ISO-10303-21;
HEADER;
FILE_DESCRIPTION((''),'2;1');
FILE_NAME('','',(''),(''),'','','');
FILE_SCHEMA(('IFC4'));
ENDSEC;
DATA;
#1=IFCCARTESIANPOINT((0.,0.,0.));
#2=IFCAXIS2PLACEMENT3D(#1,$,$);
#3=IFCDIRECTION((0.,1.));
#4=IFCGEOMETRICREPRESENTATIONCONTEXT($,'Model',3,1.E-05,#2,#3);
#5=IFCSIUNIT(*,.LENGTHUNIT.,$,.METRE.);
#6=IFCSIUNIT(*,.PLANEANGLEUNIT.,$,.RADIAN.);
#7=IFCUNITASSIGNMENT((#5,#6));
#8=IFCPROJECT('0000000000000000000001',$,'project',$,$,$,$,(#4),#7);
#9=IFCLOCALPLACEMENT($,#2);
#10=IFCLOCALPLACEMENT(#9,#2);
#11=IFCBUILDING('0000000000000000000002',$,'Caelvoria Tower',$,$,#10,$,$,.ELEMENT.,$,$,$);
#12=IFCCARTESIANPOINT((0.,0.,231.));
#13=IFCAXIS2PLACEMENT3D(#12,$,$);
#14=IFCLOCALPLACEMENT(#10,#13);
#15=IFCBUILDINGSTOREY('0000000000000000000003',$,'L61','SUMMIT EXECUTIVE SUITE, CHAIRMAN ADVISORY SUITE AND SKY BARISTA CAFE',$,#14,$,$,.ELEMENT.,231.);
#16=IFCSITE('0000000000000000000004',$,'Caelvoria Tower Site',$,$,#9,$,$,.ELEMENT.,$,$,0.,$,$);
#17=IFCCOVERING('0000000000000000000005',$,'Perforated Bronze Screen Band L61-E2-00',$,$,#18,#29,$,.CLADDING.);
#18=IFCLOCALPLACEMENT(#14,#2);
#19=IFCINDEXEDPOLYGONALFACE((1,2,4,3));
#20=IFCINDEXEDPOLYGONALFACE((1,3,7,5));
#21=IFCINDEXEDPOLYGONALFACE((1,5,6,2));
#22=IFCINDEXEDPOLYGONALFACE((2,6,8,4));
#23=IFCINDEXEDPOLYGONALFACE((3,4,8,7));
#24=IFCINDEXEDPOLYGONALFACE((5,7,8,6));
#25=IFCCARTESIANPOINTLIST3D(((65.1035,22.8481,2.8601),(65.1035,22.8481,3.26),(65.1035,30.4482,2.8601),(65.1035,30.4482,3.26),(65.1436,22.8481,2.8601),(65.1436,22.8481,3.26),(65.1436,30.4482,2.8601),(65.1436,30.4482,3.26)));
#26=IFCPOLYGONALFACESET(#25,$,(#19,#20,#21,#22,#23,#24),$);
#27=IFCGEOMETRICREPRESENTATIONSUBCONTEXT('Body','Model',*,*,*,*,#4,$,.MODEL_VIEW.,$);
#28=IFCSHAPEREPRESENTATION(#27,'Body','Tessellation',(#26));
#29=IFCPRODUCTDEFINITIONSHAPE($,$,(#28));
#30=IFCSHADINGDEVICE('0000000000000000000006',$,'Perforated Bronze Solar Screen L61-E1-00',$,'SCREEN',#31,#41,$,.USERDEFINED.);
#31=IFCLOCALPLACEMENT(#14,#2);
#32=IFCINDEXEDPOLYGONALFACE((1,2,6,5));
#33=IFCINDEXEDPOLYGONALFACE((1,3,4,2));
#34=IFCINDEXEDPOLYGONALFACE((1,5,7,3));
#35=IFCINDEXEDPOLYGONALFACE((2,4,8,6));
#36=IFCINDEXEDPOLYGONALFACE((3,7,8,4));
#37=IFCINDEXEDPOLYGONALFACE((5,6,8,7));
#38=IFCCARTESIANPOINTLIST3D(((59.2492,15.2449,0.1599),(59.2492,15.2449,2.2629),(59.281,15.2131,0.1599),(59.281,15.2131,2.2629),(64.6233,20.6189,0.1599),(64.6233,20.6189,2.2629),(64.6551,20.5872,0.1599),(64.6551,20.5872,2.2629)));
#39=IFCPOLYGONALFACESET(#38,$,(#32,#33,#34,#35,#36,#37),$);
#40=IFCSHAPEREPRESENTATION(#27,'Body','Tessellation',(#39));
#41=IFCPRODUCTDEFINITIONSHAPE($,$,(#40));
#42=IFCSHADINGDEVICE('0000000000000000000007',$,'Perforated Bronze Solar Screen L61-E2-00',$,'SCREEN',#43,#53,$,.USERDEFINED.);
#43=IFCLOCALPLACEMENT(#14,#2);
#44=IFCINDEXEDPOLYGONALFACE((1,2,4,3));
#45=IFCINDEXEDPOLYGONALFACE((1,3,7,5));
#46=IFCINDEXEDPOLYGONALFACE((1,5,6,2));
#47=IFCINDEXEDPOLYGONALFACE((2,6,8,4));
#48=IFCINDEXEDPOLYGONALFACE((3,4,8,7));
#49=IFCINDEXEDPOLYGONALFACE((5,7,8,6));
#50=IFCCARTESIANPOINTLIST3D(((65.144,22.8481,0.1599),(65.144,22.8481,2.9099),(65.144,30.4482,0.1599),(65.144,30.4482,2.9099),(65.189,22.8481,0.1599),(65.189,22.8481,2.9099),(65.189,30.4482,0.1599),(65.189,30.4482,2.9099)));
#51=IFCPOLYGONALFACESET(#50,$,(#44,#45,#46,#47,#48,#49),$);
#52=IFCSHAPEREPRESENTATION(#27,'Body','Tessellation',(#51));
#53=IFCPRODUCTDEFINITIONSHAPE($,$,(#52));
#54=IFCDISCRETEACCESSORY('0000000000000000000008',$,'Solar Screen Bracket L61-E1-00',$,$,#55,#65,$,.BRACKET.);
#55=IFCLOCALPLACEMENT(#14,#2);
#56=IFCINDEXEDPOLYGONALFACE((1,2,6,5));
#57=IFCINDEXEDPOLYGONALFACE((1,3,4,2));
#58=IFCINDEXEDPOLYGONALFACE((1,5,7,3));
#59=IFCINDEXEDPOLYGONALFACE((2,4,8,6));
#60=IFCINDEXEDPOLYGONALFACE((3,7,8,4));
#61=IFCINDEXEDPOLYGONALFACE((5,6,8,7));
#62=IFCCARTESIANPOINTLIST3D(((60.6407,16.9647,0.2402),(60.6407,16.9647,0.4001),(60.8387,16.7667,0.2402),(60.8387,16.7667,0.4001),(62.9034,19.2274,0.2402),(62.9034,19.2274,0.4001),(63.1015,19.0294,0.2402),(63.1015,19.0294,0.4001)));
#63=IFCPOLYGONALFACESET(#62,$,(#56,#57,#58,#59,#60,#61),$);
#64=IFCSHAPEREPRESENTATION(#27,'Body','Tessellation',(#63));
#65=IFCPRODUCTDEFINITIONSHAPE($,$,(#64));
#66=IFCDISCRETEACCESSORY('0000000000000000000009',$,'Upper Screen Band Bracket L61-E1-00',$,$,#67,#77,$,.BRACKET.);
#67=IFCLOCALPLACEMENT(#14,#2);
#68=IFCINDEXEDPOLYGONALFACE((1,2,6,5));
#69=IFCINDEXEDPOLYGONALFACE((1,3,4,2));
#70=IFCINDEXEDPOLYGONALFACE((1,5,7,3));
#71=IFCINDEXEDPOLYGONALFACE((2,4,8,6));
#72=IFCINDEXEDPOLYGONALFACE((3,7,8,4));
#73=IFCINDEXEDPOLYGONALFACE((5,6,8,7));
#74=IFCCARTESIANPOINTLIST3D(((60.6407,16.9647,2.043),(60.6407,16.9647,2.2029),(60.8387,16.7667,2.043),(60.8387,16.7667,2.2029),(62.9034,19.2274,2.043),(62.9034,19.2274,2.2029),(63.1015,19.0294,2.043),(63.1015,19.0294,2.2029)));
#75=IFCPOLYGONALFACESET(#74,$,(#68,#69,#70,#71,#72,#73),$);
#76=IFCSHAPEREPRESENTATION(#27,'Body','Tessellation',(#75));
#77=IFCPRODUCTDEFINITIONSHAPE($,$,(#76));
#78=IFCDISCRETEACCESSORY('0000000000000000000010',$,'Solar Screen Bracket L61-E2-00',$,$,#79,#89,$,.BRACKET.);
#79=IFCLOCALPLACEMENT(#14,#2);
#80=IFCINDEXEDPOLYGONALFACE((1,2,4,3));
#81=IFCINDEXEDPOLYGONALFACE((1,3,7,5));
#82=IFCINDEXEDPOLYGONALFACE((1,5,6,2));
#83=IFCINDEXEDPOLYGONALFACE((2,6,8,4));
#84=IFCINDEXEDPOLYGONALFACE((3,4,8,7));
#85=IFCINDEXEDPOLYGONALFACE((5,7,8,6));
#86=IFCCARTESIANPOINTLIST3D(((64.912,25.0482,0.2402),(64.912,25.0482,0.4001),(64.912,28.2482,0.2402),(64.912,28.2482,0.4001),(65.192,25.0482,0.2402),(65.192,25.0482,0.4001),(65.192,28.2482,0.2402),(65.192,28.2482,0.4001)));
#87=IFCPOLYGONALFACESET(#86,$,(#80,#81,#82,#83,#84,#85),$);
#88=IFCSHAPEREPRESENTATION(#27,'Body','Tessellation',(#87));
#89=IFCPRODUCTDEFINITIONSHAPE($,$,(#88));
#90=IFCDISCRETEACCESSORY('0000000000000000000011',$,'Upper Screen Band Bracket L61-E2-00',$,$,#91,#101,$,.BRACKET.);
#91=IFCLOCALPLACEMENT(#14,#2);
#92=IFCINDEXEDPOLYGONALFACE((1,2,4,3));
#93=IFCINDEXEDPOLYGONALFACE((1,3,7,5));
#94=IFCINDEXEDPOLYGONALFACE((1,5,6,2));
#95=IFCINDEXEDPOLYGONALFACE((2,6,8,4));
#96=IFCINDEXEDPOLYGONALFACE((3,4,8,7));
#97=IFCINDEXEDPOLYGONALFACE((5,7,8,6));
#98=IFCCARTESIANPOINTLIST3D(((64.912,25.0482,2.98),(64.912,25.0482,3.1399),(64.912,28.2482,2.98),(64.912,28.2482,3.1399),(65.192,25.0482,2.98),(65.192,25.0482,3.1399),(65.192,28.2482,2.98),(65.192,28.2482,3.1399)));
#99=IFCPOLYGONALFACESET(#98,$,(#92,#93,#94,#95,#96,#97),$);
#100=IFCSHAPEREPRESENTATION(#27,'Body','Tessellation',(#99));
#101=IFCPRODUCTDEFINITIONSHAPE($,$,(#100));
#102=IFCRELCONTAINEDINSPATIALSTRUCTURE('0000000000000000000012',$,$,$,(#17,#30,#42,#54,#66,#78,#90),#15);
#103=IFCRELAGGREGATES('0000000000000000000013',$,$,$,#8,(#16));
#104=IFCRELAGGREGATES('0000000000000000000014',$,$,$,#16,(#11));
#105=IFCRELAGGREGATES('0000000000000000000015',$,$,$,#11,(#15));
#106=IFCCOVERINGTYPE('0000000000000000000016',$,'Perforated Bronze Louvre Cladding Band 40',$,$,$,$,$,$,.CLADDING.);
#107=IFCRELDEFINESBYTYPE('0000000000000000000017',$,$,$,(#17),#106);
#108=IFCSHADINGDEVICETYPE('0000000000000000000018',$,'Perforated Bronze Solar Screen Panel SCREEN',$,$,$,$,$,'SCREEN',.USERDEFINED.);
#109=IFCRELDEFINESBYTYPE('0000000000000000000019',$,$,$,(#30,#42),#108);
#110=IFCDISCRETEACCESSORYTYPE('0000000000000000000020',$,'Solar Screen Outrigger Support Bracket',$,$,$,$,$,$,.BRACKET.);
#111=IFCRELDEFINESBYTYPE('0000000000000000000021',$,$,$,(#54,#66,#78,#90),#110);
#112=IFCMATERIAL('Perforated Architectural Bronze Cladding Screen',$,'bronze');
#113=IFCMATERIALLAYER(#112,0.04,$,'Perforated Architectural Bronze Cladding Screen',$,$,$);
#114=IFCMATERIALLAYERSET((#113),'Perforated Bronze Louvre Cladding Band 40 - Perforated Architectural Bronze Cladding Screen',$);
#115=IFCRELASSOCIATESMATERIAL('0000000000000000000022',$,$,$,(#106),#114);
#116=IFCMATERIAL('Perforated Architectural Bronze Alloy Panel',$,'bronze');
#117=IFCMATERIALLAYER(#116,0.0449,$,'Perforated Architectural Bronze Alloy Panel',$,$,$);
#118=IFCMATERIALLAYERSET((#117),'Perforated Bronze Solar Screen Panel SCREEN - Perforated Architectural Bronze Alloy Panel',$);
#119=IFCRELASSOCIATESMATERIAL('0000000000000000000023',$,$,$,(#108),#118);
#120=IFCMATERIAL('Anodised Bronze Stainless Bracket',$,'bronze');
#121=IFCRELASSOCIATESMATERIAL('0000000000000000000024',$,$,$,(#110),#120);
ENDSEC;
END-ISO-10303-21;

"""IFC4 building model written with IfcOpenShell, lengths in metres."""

from ifc_helpers import new_model, si_unit, direction, frame, origin, origin_2d, place, context, subcontext, project, spatial, rectangle, extrude, material, layer, layer_set, type_object, element, save


model = new_model("IFC4")

# Units and contexts
model_context = context("Model", 3, precision=1e-05, world=origin(), true_north=direction((0.0, 1.0)))
body_context = subcontext(model_context, "Body", "Model", "MODEL_VIEW")
ifc_project = project(units=[si_unit("LENGTHUNIT", "METRE"), si_unit("PLANEANGLEUNIT", "RADIAN")], contexts=[model_context])

# Site, building, storey
site_placement = place(None, origin())
site = spatial("IfcSite", under=ifc_project, at=site_placement, Name="Caelvoria Tower Site", CompositionType="ELEMENT", RefElevation=0.0)
building_placement = place(site_placement, origin())
building = spatial("IfcBuilding", under=site, at=building_placement, Name="Caelvoria Tower", CompositionType="ELEMENT")
storey_placement = place(building_placement, frame((0.0, 0.0, 231.0)))
storey = spatial("IfcBuildingStorey", under=building, at=storey_placement, Name="L61", Description="SUMMIT EXECUTIVE SUITE, CHAIRMAN ADVISORY SUITE AND SKY BARISTA CAFE", CompositionType="ELEMENT", Elevation=231.0)

# Covering
ifc_material_1 = material(Name="Perforated Architectural Bronze Cladding Screen", Category="bronze")
ifc_layer_1 = layer(ifc_material_1, 0.04, Name="Perforated Architectural Bronze Cladding Screen")
ifc_layer_set_1 = layer_set([ifc_layer_1], Name="Perforated Bronze Louvre Cladding Band 40 - Perforated Architectural Bronze Cladding Screen")
covering_type = type_object("IfcCoveringType", Name="Perforated Bronze Louvre Cladding Band 40", PredefinedType="CLADDING", material=ifc_layer_set_1)
for number, where, z_axis, x_axis, name in (
    (1, (65.1235, 26.6482, 2.8601), (0.0, 0.0, 1.0), (0.0, 1.0, 0.0), "Perforated Bronze Screen Band L61-E2-00"),
):
    element("IfcCovering", number, at=place(storey_placement, frame(where, z_axis=z_axis, x_axis=x_axis)), inside=storey, type_object=covering_type, Name=name, PredefinedType="CLADDING", context=body_context, shape_type="SweptSolid", body=[
        extrude(rectangle(XDim=7.6001, YDim=0.04, at=origin_2d()), origin(), (0.0, 0.0, 1.0), 0.3999),
    ])

# Shading devices
ifc_material_2 = material(Name="Perforated Architectural Bronze Alloy Panel", Category="bronze")
ifc_layer_2 = layer(ifc_material_2, 0.0449, Name="Perforated Architectural Bronze Alloy Panel")
ifc_layer_set_2 = layer_set([ifc_layer_2], Name="Perforated Bronze Solar Screen Panel SCREEN - Perforated Architectural Bronze Alloy Panel")
shading_device_type = type_object("IfcShadingDeviceType", Name="Perforated Bronze Solar Screen Panel SCREEN", ElementType="SCREEN", PredefinedType="USERDEFINED", material=ifc_layer_set_2)
shading_device_1_placement = place(storey_placement, frame((61.9521, 17.916, 0.1599), z_axis=(0.0, 0.0, 1.0), x_axis=(0.707107, 0.707107, 0.0)))
element("IfcShadingDevice", 2, at=shading_device_1_placement, inside=storey, type_object=shading_device_type, Name="Perforated Bronze Solar Screen L61-E1-00", ObjectType="SCREEN", PredefinedType="USERDEFINED", context=body_context, shape_type="SweptSolid", body=[
    extrude(rectangle(XDim=7.6001, YDim=0.0449, at=origin_2d()), origin(), (0.0, 0.0, 1.0), 2.103),
])
shading_device_2_placement = place(storey_placement, frame((65.1665, 26.6482, 0.1599), z_axis=(0.0, 0.0, 1.0), x_axis=(0.0, 1.0, 0.0)))
element("IfcShadingDevice", 3, at=shading_device_2_placement, inside=storey, type_object=shading_device_type, Name="Perforated Bronze Solar Screen L61-E2-00", ObjectType="SCREEN", PredefinedType="USERDEFINED", context=body_context, shape_type="SweptSolid", body=[
    extrude(rectangle(XDim=7.6001, YDim=0.0449, at=origin_2d()), origin(), (0.0, 0.0, 1.0), 2.75),
])

# Discrete accessories
ifc_material_3 = material(Name="Anodised Bronze Stainless Bracket", Category="bronze")
discrete_accessory_type = type_object("IfcDiscreteAccessoryType", Name="Solar Screen Outrigger Support Bracket", PredefinedType="BRACKET", material=ifc_material_3)
for number, where, z_axis, x_axis, name in (
    (4, (61.8711, 17.9971, 0.2402), (0.0, 0.0, 1.0), (0.707107, 0.707107, 0.0), "Solar Screen Bracket L61-E1-00"),
    (5, (61.8711, 17.9971, 2.043), (0.0, 0.0, 1.0), (0.707107, 0.707107, 0.0), "Upper Screen Band Bracket L61-E1-00"),
    (6, (65.052, 26.6482, 0.2402), (0.0, 0.0, 1.0), (0.0, 1.0, 0.0), "Solar Screen Bracket L61-E2-00"),
    (7, (65.052, 26.6482, 2.98), (0.0, 0.0, 1.0), (0.0, 1.0, 0.0), "Upper Screen Band Bracket L61-E2-00"),
):
    element("IfcDiscreteAccessory", number, at=place(storey_placement, frame(where, z_axis=z_axis, x_axis=x_axis)), inside=storey, type_object=discrete_accessory_type, Name=name, PredefinedType="BRACKET", context=body_context, shape_type="SweptSolid", body=[
        extrude(rectangle(XDim=3.2, YDim=0.28, at=origin_2d()), origin(), (0.0, 0.0, 1.0), 0.1599),
    ])

save(model, "model.ifc")
